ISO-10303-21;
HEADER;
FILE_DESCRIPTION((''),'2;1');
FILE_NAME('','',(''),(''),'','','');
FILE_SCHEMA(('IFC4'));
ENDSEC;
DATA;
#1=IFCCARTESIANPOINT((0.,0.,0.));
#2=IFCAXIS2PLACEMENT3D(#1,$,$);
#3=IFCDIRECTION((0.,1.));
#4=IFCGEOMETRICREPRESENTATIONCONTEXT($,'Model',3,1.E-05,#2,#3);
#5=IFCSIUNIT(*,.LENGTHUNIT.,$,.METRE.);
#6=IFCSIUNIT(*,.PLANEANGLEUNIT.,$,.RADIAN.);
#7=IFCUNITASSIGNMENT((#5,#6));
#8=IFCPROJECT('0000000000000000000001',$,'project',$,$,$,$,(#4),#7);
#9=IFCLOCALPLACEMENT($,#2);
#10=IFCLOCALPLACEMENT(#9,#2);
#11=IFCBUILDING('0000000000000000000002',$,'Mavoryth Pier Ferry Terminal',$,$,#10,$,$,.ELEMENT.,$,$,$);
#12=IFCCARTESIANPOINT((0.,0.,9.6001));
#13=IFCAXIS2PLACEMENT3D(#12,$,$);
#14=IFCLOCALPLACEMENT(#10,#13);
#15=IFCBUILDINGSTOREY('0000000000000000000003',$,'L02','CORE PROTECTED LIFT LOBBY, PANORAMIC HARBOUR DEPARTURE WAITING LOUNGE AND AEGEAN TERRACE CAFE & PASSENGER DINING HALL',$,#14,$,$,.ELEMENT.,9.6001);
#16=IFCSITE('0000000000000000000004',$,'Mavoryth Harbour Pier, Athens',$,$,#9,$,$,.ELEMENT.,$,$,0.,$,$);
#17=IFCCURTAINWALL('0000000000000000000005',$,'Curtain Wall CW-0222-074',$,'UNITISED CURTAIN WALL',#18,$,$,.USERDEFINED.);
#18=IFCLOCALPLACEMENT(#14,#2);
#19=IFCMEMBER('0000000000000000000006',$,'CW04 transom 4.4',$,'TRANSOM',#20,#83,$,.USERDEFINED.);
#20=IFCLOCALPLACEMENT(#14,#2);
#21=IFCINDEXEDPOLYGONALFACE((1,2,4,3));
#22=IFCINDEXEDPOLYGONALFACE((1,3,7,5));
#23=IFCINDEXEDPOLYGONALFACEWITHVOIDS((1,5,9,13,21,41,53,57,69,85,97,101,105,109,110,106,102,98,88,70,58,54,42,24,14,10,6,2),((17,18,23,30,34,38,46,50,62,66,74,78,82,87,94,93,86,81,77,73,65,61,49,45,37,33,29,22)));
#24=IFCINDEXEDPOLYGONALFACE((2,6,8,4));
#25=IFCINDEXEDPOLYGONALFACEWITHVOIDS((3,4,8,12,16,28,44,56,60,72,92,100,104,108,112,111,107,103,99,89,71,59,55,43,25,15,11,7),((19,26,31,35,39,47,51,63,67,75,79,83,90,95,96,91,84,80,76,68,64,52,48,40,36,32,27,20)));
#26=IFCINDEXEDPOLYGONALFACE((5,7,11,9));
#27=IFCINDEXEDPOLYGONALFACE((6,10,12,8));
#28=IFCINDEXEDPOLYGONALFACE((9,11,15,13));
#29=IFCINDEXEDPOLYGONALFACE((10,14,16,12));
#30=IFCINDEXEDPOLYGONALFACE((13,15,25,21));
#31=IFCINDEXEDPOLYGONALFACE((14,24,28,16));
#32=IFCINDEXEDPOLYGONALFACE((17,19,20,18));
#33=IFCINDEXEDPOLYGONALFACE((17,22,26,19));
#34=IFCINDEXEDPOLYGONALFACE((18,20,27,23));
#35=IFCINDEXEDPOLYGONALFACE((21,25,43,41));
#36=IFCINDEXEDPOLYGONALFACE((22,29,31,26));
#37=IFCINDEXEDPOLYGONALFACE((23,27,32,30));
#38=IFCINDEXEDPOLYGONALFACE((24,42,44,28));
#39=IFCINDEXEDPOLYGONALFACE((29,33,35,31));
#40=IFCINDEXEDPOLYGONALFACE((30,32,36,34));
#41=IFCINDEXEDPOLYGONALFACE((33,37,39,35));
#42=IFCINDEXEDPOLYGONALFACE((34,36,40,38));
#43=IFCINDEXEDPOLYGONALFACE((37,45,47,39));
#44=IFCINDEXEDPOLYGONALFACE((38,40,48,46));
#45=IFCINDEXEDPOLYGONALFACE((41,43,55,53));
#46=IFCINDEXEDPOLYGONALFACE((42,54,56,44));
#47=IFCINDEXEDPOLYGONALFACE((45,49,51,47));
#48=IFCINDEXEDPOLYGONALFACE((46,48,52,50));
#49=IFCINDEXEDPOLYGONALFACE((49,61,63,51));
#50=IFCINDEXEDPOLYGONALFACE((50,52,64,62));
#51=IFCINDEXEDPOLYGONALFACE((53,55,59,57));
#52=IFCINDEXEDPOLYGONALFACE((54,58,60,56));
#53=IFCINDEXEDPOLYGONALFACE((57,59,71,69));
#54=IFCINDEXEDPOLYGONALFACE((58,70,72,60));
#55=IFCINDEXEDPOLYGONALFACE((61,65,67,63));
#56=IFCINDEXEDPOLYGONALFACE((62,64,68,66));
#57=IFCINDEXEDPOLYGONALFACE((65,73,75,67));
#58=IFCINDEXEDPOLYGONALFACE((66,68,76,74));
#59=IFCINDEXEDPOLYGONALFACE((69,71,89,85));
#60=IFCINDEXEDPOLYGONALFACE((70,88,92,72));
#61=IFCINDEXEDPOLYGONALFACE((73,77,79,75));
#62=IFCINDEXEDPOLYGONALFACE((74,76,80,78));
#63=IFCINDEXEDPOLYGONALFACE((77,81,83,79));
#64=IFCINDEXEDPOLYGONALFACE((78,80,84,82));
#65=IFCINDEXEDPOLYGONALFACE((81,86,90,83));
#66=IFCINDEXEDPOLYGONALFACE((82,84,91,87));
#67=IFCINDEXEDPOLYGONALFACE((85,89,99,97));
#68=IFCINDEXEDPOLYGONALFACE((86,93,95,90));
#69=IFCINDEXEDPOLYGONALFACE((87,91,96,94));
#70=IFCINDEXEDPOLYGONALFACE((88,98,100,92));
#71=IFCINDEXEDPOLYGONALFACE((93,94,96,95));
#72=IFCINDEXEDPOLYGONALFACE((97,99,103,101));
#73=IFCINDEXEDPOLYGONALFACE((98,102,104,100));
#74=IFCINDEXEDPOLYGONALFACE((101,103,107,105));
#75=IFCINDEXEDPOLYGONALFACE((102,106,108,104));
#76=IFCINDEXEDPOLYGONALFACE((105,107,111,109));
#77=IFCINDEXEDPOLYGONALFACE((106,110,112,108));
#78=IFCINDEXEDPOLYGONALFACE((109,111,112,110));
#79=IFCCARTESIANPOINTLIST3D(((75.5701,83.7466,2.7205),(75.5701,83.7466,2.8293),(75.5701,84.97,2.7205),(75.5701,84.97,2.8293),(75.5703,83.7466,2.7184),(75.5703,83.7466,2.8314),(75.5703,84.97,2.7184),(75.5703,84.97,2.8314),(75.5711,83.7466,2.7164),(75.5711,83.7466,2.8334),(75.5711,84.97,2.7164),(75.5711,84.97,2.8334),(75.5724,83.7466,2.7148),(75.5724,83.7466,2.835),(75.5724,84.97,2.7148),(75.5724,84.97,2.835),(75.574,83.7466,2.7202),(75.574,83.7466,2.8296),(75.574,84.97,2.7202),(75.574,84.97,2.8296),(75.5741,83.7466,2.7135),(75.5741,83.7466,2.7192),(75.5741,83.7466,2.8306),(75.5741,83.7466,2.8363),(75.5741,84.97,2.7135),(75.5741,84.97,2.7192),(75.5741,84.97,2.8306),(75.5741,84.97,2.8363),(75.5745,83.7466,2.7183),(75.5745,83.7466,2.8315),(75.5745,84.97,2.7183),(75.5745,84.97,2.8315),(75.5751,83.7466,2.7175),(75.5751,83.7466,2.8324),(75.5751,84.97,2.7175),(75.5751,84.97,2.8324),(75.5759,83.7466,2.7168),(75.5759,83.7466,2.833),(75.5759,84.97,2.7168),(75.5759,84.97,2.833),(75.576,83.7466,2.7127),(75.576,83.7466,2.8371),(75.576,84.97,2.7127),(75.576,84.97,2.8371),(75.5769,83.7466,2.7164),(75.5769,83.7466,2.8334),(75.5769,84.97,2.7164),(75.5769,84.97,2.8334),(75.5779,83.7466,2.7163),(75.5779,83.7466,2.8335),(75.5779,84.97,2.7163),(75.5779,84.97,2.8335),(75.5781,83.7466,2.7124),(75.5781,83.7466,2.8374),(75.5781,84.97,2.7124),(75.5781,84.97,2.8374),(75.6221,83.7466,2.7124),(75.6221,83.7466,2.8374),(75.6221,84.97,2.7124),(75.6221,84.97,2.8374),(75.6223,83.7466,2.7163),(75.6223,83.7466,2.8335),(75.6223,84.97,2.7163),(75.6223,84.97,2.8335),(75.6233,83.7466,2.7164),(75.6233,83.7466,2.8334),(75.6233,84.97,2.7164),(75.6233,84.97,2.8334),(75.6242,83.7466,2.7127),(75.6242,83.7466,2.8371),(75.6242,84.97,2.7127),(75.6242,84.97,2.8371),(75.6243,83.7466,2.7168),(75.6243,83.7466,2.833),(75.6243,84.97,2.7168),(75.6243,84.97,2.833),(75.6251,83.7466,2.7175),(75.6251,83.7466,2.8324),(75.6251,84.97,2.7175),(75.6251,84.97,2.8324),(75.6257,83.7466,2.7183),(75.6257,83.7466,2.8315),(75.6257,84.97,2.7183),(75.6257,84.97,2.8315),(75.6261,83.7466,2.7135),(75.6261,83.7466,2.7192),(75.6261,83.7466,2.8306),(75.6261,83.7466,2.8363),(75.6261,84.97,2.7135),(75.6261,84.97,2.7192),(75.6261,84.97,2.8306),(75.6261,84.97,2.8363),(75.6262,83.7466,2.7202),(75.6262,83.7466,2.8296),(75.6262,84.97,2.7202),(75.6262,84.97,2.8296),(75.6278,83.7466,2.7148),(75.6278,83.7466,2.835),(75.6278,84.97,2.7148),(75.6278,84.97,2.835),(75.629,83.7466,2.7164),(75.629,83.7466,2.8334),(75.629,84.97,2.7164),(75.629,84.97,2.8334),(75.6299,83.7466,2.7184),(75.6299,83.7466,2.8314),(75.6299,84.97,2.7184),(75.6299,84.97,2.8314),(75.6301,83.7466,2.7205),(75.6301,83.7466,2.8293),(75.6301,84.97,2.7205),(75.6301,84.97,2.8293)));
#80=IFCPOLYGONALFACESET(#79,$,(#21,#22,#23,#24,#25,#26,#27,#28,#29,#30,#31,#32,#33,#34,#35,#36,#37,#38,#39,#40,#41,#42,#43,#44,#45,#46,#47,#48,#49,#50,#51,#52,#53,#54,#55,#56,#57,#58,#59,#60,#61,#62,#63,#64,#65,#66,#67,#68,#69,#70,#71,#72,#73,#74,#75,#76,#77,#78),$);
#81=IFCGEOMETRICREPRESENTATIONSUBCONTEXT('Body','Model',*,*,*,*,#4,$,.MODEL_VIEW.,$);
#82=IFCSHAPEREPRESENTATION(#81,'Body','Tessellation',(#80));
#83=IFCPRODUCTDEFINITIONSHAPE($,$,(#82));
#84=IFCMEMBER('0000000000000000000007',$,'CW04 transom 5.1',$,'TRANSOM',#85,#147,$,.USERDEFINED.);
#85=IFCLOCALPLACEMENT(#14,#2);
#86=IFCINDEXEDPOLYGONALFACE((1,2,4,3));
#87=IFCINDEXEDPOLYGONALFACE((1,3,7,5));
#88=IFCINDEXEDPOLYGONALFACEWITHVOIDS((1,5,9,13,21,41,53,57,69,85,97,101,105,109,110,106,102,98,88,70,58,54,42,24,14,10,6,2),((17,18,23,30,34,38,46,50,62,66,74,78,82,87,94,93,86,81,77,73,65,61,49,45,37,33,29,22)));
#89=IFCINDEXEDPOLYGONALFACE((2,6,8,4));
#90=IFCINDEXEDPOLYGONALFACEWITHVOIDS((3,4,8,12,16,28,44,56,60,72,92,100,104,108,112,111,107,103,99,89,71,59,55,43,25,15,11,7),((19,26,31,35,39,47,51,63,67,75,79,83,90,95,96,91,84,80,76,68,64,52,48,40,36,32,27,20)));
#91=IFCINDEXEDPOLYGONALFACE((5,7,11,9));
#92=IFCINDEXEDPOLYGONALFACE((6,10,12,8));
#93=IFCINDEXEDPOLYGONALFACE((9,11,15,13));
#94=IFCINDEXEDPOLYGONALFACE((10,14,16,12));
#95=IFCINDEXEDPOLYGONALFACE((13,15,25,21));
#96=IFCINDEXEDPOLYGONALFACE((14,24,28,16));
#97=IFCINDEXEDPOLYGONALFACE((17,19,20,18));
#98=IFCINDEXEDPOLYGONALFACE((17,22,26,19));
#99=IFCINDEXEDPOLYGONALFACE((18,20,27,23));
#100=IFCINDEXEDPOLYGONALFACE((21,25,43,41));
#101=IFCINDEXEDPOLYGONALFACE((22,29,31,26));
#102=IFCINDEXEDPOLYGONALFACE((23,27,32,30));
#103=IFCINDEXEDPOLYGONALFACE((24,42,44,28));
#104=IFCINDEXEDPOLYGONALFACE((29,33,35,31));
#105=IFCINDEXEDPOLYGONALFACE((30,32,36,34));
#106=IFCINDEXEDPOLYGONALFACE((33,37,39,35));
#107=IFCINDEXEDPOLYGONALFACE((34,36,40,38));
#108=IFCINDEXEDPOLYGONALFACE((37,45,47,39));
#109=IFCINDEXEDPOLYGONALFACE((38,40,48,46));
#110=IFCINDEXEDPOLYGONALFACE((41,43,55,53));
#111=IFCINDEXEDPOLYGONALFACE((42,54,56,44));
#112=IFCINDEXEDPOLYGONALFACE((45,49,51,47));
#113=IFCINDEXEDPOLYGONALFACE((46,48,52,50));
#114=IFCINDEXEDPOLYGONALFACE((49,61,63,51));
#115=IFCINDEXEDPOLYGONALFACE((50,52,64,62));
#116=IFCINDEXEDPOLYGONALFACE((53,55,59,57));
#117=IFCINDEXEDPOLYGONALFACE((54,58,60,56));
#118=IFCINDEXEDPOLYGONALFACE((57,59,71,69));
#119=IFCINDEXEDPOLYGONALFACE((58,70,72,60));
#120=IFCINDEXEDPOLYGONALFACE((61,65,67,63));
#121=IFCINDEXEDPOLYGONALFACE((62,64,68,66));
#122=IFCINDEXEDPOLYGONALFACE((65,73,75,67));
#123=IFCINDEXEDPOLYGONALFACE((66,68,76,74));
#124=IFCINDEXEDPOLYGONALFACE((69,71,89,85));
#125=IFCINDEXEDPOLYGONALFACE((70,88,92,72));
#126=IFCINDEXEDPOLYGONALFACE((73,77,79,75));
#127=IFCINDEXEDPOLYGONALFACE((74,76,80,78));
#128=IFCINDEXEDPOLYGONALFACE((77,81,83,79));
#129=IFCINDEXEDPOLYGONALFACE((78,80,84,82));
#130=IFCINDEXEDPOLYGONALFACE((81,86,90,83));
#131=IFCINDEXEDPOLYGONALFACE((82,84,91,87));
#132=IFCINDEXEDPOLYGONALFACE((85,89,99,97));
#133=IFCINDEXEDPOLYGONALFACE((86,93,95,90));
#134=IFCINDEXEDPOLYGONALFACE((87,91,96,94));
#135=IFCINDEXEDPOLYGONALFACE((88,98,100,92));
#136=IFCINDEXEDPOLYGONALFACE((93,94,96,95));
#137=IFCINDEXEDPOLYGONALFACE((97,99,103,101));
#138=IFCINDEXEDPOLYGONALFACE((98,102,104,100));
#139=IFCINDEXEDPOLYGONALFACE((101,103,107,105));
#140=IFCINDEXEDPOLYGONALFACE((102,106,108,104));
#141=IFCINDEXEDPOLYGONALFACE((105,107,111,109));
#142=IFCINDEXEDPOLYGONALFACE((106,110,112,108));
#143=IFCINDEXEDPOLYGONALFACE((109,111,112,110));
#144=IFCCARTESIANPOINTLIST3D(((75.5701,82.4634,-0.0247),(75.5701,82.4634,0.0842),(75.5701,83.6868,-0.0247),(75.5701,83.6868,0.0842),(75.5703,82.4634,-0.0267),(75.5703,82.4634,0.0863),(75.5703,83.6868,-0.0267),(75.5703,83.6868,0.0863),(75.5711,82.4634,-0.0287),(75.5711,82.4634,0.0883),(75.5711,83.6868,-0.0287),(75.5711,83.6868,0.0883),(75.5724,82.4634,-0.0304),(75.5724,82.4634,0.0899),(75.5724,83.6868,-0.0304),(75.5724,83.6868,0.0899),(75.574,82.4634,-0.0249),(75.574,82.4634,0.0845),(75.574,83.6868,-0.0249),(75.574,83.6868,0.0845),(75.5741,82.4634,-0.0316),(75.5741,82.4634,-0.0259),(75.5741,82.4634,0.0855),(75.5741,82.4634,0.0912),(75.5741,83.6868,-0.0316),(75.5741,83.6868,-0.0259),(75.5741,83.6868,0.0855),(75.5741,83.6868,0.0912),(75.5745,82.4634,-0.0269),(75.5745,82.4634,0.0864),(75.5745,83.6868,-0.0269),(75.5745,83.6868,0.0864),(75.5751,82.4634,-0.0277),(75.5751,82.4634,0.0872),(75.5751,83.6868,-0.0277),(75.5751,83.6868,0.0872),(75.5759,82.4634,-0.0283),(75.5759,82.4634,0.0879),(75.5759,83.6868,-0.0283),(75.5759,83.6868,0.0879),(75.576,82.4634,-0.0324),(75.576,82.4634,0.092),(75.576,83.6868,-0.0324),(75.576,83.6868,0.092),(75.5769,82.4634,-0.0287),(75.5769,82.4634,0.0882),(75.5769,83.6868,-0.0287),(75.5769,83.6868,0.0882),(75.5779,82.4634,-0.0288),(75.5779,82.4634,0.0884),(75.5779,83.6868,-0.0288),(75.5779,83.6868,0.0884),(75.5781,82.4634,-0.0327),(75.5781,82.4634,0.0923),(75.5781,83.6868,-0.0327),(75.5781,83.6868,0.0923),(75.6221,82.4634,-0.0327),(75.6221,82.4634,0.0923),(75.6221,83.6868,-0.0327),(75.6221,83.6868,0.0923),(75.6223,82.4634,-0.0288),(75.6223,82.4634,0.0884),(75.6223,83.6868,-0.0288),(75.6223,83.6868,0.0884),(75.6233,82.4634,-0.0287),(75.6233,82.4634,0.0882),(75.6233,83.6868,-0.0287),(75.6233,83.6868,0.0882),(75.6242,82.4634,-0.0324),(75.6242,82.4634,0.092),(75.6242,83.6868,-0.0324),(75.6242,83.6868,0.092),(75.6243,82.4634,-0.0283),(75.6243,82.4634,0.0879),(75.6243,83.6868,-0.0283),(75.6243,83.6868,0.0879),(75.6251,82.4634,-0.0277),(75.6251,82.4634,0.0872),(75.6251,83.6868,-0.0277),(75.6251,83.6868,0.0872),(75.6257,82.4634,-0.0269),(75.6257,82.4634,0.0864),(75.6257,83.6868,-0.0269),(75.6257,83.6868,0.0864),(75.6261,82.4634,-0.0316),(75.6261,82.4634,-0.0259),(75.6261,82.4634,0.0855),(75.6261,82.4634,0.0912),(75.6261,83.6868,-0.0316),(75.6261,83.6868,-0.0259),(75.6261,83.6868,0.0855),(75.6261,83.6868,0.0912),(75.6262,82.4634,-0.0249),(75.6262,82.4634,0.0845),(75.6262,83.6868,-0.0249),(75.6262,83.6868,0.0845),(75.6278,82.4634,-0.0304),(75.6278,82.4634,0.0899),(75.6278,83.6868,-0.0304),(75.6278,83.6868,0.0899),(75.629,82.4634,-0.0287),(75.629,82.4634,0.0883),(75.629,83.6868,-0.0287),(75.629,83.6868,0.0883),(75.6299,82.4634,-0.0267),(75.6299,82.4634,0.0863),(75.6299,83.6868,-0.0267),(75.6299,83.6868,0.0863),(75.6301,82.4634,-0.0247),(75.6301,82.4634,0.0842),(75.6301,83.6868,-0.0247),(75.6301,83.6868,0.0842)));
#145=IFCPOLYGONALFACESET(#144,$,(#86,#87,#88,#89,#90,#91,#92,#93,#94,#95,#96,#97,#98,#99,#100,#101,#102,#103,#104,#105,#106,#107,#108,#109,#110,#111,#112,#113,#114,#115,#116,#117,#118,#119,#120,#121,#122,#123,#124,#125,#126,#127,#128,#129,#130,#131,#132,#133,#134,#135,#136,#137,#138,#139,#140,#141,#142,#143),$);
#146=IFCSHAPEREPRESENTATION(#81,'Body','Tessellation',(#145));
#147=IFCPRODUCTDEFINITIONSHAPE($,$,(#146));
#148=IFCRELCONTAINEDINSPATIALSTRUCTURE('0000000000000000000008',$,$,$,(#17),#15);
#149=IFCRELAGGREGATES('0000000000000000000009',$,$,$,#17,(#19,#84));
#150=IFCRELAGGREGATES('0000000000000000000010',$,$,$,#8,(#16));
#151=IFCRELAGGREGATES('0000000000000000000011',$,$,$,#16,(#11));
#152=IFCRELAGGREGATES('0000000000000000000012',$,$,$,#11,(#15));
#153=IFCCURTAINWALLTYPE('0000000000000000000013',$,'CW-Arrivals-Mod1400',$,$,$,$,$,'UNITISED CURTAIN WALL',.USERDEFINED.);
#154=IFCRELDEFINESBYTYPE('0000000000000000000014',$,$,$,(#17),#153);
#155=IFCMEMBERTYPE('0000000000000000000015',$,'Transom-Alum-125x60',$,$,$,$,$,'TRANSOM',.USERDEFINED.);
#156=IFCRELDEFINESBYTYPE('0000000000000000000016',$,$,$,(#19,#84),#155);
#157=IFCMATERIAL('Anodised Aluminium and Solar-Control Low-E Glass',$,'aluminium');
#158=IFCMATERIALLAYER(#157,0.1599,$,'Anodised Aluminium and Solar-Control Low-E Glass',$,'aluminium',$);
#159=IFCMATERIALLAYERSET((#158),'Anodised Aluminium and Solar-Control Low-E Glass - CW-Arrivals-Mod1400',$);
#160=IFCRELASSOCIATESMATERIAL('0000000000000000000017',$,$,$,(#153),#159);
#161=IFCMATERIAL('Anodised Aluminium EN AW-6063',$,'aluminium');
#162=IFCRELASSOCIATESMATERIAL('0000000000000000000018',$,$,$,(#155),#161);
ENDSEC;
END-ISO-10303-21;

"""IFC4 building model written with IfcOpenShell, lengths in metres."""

from ifc_helpers import new_model, si_unit, direction, frame, origin, origin_2d, place, context, subcontext, project, spatial, hollow_rectangle, extrude, material, layer, layer_set, material_profile, profile_set, type_object, element, aggregate, save


model = new_model("IFC4")

# Units and contexts
model_context = context("Model", 3, precision=1e-05, world=origin(), true_north=direction((0.0, 1.0)))
body_context = subcontext(model_context, "Body", "Model", "MODEL_VIEW")
ifc_project = project(units=[si_unit("LENGTHUNIT", "METRE"), si_unit("PLANEANGLEUNIT", "RADIAN")], contexts=[model_context])

# Site, building, storey
site_placement = place(None, origin())
site = spatial("IfcSite", under=ifc_project, at=site_placement, Name="Mavoryth Harbour Pier, Athens", CompositionType="ELEMENT", RefElevation=0.0)
building_placement = place(site_placement, origin())
building = spatial("IfcBuilding", under=site, at=building_placement, Name="Mavoryth Pier Ferry Terminal", CompositionType="ELEMENT")
storey_placement = place(building_placement, frame((0.0, 0.0, 9.6001)))
storey = spatial("IfcBuildingStorey", under=building, at=storey_placement, Name="L02", Description="CORE PROTECTED LIFT LOBBY, PANORAMIC HARBOUR DEPARTURE WAITING LOUNGE AND AEGEAN TERRACE CAFE & PASSENGER DINING HALL", CompositionType="ELEMENT", Elevation=9.6001)

# Shared definitions
ifc_material_1 = material(Name="Anodised Aluminium and Solar-Control Low-E Glass", Category="aluminium")
ifc_layer_1 = layer(ifc_material_1, 0.1599, Name="Anodised Aluminium and Solar-Control Low-E Glass", Category="aluminium")
ifc_layer_set_1 = layer_set([ifc_layer_1], Name="Anodised Aluminium and Solar-Control Low-E Glass - CW-Arrivals-Mod1400")
curtain_wall_type = type_object("IfcCurtainWallType", Name="CW-Arrivals-Mod1400", ElementType="UNITISED CURTAIN WALL", PredefinedType="USERDEFINED", material=ifc_layer_set_1)
ifc_material_2 = material(Name="Anodised Aluminium EN AW-6063", Category="aluminium")

# Curtain wall
curtain_wall_1_placement = place(storey_placement, origin())
curtain_wall_1 = element("IfcCurtainWall", 1, at=curtain_wall_1_placement, inside=storey, type_object=curtain_wall_type, Name="Curtain Wall CW-0222-074", ObjectType="UNITISED CURTAIN WALL", PredefinedType="USERDEFINED")

# Members
ifc_material_profile_1 = material_profile(ifc_material_2, hollow_rectangle(XDim=0.0601, YDim=0.125, WallThickness=0.0039, InnerFilletRadius=0.0039, OuterFilletRadius=0.0081, at=origin_2d()), Name="AL-TRAN 125x60x4", Category="aluminium")
ifc_profile_set_1 = profile_set([ifc_material_profile_1], Name="Anodised Aluminium EN AW-6063 - AL-TRAN 125x60x4")
member_type_1 = type_object("IfcMemberType", Name="Transom-Alum-125x60", ElementType="TRANSOM", PredefinedType="USERDEFINED", material=ifc_profile_set_1)
member_1_placement = place(storey_placement, frame((75.6001, 84.97, 2.7749), z_axis=(0.0, -1.0, 0.0), x_axis=(1.0, 0.0, 0.0)))
member_1 = element("IfcMember", 2, at=member_1_placement, type_object=member_type_1, Name="CW04 transom 4.4", ObjectType="TRANSOM", PredefinedType="USERDEFINED", context=body_context, shape_type="SweptSolid", body=[
    extrude(hollow_rectangle(XDim=0.0601, YDim=0.125, WallThickness=0.0039, InnerFilletRadius=0.0039, OuterFilletRadius=0.0081, at=origin_2d()), origin(), (0.0, 0.0, 1.0), 1.2234),
])
member_2_placement = place(storey_placement, frame((75.6001, 83.6868, 0.0298), z_axis=(0.0, -1.0, 0.0), x_axis=(1.0, 0.0, 0.0)))
member_2 = element("IfcMember", 3, at=member_2_placement, type_object=member_type_1, Name="CW04 transom 5.1", ObjectType="TRANSOM", PredefinedType="USERDEFINED", context=body_context, shape_type="SweptSolid", body=[
    extrude(hollow_rectangle(XDim=0.0601, YDim=0.125, WallThickness=0.0039, InnerFilletRadius=0.0039, OuterFilletRadius=0.0081, at=origin_2d()), origin(), (0.0, 0.0, 1.0), 1.2234),
])

aggregate(curtain_wall_1, [member_1, member_2])

save(model, "model.ifc")
